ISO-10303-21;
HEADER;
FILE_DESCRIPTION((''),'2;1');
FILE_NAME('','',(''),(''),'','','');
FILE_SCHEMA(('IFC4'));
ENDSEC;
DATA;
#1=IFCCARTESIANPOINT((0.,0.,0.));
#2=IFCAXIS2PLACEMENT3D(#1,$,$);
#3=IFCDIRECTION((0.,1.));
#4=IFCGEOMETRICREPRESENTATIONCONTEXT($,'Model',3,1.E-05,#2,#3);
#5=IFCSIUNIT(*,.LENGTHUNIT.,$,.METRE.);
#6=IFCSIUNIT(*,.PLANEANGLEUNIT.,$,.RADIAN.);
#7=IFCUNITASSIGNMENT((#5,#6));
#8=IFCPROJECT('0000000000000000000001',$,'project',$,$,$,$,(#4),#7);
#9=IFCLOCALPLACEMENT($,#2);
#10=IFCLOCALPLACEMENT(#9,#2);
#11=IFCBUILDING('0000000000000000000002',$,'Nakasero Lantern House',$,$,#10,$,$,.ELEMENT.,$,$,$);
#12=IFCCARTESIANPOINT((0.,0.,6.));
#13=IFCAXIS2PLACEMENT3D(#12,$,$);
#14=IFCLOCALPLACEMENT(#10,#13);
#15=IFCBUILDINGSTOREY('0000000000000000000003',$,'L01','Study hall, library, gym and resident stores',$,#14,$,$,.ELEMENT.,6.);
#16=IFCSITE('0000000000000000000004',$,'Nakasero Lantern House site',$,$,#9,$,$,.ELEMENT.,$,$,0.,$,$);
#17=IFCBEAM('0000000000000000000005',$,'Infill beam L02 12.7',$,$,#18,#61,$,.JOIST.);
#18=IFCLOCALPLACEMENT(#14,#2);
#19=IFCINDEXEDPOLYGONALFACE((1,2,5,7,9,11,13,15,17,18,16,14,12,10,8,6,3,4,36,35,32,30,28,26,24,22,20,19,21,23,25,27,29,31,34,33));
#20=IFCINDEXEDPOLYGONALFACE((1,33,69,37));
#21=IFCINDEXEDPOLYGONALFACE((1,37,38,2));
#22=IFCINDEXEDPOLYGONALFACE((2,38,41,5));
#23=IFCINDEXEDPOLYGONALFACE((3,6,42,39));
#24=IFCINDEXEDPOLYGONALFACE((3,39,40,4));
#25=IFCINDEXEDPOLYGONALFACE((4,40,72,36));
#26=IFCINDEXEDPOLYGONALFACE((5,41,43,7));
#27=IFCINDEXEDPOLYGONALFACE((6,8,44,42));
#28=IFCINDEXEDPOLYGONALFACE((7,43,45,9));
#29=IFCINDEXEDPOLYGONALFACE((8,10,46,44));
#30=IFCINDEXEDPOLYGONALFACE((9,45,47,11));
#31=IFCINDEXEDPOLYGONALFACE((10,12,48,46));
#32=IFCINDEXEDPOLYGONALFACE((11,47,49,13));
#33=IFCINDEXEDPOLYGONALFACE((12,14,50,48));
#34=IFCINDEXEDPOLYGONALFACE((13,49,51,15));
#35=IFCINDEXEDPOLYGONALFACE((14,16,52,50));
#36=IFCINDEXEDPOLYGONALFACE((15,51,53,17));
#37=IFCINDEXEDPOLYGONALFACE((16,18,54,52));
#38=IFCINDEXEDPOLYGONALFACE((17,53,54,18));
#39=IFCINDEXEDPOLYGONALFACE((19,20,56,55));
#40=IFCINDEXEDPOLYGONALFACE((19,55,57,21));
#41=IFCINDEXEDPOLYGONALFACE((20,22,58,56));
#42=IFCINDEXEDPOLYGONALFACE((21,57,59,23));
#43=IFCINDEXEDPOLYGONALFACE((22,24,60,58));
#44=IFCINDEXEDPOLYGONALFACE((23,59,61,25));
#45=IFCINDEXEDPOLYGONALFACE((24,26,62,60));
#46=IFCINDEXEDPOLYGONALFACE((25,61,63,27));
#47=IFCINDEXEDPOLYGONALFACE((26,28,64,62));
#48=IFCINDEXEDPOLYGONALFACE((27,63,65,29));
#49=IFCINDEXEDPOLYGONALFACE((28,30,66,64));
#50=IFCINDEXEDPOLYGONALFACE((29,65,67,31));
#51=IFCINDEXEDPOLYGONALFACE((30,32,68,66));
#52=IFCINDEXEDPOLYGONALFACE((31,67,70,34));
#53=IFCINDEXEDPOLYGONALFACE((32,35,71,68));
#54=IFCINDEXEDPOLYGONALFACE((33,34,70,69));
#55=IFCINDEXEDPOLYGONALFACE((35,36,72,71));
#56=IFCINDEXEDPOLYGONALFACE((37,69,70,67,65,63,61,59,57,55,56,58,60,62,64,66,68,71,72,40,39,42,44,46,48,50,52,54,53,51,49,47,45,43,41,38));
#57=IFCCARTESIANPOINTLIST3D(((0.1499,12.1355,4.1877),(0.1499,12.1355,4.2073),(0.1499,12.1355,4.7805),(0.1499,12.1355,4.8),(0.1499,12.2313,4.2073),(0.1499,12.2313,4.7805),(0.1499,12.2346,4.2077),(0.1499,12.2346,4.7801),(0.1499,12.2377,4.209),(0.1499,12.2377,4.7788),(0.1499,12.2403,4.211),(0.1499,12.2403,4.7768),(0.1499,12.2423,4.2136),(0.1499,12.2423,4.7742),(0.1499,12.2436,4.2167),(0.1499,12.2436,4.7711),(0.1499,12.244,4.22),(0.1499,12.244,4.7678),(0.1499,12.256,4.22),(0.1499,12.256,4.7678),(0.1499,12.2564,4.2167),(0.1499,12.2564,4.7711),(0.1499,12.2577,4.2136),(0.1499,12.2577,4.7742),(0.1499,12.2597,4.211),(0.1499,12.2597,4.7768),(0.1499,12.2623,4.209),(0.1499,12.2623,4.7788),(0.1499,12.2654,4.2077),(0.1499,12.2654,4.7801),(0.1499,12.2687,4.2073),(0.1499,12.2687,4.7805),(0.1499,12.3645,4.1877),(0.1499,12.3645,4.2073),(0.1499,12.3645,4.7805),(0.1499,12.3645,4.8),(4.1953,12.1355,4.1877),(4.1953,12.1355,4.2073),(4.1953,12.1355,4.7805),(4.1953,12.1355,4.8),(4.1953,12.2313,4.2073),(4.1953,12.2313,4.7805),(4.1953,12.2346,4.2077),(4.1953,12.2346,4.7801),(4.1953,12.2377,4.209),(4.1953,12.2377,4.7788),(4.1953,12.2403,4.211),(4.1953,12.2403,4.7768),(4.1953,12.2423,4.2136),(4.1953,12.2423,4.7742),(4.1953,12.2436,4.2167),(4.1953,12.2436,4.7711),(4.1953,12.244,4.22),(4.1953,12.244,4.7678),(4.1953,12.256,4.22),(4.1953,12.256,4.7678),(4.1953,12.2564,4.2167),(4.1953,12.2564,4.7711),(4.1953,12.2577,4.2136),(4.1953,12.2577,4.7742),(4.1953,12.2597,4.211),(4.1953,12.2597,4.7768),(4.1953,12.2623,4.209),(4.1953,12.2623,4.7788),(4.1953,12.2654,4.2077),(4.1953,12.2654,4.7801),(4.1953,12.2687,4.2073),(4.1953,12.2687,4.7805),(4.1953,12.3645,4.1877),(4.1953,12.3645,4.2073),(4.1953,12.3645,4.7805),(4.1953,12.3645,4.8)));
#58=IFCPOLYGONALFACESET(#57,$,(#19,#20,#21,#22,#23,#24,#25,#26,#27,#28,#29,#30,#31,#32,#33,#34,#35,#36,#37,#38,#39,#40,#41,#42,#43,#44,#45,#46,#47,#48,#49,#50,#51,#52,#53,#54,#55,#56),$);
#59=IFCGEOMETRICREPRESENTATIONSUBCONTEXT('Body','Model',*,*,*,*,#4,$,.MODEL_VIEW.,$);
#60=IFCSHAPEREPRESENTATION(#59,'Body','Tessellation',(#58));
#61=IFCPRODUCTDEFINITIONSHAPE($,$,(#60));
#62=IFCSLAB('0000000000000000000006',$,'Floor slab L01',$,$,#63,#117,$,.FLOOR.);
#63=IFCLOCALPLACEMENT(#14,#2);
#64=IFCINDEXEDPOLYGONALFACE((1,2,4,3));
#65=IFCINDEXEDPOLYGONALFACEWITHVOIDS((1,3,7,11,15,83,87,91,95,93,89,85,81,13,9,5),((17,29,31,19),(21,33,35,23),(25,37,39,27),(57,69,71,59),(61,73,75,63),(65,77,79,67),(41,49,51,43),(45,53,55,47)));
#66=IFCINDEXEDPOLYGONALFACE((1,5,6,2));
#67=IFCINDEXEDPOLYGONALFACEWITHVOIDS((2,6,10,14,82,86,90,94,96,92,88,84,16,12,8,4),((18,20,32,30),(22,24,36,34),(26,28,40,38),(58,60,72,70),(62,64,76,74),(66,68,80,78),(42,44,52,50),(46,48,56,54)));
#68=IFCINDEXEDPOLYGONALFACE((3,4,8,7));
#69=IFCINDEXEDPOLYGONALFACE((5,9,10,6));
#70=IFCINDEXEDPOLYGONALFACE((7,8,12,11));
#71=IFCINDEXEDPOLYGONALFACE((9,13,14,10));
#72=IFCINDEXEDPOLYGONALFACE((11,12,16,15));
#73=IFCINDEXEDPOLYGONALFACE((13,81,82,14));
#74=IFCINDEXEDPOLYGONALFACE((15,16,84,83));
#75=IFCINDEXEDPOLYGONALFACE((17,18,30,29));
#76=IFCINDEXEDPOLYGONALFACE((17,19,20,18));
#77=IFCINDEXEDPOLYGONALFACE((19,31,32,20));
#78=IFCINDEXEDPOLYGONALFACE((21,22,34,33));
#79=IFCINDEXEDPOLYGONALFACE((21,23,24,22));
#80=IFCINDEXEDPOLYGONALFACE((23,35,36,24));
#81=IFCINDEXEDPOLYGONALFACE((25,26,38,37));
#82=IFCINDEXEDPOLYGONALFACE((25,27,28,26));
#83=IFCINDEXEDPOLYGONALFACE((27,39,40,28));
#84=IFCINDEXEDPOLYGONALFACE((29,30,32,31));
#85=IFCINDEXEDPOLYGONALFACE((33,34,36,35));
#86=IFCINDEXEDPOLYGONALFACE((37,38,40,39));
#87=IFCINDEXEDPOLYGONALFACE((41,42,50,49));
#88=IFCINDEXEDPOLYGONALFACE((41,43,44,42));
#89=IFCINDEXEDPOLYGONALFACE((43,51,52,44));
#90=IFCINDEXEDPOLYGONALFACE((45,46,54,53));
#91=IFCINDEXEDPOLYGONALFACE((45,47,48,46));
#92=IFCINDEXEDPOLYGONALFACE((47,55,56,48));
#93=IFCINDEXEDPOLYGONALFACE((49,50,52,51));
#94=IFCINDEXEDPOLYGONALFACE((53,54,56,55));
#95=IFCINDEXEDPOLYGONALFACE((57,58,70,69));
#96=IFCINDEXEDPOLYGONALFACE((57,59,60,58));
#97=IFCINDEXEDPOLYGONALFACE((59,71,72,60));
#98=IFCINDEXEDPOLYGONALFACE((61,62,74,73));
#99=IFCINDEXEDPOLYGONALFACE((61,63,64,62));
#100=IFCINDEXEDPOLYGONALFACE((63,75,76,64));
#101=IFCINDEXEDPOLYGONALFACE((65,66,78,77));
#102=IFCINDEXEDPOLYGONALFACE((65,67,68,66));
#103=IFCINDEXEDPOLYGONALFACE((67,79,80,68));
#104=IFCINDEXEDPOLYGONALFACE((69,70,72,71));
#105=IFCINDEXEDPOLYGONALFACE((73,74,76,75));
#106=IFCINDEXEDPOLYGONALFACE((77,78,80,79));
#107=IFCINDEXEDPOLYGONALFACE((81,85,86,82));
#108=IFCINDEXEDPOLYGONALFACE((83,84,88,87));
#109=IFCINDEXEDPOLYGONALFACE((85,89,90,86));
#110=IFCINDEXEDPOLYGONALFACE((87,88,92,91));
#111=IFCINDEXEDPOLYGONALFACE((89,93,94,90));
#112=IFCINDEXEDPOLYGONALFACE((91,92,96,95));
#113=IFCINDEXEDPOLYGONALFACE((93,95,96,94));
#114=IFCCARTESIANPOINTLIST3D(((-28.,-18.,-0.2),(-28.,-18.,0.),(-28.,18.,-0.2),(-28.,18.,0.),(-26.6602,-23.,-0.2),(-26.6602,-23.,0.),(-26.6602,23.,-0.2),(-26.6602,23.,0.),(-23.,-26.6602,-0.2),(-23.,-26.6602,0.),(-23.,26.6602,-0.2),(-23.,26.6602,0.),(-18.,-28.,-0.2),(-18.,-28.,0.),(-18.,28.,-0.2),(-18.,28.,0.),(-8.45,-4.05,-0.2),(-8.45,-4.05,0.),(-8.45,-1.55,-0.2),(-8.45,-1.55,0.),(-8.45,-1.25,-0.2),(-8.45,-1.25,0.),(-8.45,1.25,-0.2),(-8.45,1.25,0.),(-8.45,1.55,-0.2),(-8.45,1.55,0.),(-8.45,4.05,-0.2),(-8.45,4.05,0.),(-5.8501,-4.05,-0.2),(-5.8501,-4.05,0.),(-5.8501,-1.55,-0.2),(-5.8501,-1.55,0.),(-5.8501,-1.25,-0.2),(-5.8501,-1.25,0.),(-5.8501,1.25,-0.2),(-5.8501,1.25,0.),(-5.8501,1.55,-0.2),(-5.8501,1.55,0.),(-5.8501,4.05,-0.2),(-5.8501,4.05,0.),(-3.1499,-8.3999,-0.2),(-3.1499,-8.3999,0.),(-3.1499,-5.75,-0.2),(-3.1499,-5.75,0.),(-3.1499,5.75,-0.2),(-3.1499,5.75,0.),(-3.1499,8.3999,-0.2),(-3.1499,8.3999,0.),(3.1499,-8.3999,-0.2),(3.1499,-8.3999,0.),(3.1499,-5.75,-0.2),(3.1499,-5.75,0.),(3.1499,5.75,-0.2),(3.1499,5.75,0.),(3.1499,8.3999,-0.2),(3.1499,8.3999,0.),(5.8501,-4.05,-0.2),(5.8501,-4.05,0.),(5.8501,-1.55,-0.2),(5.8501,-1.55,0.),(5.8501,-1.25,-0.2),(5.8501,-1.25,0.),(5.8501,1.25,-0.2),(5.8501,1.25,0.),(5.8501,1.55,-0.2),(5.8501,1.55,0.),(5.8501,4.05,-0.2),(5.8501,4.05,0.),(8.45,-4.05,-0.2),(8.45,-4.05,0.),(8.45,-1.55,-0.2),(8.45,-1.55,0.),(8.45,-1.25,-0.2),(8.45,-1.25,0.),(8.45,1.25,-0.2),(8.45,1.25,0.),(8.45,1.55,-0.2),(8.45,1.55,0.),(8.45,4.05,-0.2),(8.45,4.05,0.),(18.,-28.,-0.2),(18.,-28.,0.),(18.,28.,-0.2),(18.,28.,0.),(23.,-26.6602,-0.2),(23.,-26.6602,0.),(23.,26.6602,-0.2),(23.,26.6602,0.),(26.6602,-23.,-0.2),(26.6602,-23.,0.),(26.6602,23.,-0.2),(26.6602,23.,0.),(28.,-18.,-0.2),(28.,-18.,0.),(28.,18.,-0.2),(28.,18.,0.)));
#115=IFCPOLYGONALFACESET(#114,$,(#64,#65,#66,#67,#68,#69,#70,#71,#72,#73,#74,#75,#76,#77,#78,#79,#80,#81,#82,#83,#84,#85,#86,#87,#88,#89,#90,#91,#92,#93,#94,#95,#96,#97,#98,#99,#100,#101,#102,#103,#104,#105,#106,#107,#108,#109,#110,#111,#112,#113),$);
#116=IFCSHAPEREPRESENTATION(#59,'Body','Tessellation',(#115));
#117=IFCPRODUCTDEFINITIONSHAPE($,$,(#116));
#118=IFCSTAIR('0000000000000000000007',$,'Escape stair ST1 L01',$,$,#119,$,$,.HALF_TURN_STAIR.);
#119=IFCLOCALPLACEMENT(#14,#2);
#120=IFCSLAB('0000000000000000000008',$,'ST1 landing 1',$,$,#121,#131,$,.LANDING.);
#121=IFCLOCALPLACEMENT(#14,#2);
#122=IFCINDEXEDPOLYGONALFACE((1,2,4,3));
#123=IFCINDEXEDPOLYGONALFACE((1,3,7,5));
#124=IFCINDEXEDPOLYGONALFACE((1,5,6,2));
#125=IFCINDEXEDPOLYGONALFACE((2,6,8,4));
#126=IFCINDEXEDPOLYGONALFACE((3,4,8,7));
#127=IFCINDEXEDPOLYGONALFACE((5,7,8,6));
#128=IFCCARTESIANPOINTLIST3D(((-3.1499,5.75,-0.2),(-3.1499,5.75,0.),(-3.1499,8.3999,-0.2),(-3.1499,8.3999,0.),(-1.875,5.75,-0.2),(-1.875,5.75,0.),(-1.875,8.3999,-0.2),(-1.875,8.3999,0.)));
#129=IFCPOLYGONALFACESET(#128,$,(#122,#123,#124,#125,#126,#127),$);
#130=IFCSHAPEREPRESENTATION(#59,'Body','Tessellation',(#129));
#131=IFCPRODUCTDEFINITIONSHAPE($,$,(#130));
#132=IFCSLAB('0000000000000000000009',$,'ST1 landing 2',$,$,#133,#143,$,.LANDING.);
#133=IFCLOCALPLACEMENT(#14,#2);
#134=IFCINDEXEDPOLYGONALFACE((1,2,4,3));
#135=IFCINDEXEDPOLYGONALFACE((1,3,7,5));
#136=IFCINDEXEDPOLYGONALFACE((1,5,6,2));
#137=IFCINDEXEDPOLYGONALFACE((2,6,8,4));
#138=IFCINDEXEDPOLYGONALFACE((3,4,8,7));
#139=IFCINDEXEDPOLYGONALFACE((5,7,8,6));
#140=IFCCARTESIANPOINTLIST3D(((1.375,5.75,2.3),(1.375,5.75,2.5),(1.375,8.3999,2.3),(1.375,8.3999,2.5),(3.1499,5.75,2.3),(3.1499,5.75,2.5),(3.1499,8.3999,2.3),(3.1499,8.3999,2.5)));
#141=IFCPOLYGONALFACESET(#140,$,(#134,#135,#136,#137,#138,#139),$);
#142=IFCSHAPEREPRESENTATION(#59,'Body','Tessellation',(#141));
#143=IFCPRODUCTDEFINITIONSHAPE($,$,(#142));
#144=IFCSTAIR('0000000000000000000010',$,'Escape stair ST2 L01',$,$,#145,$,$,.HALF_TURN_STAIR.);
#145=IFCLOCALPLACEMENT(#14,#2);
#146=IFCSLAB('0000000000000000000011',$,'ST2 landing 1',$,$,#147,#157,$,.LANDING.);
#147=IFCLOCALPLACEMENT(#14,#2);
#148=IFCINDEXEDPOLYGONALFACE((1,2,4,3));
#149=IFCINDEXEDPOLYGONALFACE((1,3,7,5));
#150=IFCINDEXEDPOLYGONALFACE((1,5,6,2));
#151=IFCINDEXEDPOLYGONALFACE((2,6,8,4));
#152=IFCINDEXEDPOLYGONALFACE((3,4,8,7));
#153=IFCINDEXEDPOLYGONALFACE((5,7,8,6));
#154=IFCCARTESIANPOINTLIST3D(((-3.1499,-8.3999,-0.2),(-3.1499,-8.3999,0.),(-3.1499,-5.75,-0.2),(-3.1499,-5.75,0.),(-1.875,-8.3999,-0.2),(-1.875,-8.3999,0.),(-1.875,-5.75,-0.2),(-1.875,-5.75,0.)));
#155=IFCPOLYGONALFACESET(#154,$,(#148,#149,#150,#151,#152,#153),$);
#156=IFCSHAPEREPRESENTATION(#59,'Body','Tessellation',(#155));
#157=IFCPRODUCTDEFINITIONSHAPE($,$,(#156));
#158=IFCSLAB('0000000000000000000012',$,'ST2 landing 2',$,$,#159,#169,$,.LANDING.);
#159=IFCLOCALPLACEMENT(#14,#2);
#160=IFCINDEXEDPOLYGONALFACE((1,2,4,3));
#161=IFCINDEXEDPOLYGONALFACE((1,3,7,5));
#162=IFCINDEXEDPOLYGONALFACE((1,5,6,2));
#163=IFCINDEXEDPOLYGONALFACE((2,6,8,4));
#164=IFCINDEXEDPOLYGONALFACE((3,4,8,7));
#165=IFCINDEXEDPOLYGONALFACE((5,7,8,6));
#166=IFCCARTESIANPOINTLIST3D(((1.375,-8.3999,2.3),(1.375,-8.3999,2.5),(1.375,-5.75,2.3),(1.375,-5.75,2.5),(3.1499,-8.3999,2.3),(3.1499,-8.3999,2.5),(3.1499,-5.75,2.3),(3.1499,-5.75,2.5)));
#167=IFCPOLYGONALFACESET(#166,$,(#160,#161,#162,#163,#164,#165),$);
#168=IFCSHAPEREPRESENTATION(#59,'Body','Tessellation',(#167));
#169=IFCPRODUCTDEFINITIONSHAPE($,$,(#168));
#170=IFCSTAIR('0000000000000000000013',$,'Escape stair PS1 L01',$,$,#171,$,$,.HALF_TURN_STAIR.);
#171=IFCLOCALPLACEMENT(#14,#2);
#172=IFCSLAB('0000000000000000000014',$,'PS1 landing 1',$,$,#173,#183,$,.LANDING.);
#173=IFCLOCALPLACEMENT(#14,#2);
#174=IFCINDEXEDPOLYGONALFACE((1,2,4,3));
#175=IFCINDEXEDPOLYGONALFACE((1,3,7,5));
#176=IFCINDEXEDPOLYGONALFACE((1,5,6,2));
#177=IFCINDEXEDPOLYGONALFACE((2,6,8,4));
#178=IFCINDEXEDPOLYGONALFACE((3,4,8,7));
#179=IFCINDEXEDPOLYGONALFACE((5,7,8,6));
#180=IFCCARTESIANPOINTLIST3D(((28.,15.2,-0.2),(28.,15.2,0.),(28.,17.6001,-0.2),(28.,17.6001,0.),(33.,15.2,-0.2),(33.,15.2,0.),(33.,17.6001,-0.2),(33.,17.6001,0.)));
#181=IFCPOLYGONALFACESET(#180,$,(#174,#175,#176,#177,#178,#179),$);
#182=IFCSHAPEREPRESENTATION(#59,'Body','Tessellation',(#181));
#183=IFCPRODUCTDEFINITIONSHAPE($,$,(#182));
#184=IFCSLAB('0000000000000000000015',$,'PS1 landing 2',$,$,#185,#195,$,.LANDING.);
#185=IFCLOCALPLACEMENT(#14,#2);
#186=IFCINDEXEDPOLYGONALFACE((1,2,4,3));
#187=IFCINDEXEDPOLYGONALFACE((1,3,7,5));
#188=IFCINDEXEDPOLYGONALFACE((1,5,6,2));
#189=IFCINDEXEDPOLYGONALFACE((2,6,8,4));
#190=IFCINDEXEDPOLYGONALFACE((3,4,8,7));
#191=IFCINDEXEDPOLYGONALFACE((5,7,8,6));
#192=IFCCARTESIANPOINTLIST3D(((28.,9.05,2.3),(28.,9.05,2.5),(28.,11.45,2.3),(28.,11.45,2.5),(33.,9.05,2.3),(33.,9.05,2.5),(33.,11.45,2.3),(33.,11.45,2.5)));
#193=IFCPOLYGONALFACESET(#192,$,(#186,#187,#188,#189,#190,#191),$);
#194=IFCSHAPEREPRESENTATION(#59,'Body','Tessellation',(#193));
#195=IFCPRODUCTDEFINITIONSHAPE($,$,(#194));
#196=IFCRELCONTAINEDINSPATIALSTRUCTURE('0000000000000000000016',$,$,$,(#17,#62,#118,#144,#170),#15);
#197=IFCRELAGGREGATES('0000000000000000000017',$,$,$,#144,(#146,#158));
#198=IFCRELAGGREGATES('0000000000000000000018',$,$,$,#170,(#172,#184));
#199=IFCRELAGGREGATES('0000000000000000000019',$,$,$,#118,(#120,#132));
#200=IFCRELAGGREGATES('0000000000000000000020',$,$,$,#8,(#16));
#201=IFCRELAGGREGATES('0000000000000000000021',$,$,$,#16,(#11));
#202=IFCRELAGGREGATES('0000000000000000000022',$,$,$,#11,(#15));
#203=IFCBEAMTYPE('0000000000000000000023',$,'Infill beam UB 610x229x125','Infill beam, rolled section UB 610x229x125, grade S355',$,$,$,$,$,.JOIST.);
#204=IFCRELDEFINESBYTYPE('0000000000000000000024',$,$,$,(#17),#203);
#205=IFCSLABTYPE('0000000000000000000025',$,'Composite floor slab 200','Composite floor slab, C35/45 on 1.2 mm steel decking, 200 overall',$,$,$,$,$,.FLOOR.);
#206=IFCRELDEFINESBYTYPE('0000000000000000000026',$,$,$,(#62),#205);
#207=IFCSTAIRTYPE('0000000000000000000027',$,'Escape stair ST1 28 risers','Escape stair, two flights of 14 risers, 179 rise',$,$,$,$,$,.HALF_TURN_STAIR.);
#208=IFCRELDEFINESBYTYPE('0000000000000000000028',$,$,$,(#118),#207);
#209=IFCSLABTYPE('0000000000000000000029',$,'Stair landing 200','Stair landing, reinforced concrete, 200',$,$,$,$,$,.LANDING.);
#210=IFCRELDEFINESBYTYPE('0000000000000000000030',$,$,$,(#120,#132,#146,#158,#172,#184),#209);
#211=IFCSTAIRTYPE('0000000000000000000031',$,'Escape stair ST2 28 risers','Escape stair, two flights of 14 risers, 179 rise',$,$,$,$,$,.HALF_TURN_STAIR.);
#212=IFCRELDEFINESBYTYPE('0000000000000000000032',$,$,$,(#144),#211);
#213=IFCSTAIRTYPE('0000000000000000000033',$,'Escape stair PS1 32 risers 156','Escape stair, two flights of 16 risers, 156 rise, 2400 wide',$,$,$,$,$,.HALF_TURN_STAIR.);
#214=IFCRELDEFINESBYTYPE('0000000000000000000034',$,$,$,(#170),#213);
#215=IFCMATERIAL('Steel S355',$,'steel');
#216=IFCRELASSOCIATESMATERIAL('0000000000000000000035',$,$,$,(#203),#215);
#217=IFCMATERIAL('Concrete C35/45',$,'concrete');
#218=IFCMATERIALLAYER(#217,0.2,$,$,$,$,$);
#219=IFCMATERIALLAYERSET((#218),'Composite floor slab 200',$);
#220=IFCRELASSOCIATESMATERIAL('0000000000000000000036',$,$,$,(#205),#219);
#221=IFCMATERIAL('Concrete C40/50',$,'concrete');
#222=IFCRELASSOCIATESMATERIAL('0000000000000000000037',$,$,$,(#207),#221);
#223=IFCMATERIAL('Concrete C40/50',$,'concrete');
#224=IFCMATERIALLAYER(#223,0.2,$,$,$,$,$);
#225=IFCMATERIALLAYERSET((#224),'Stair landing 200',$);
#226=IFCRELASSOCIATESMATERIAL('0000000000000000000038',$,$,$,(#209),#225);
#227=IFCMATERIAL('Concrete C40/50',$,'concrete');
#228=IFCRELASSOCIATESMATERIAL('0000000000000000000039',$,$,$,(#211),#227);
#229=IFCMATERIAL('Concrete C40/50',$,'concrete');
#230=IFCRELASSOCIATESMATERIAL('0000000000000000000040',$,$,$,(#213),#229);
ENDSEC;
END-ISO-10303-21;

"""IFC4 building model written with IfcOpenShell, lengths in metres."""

from ifc_helpers import new_model, si_unit, direction, frame, origin, origin_2d, place, context, subcontext, project, spatial, polyline, i_section, outline, extrude, material, layer, layer_set, material_profile, profile_set, type_object, element, aggregate, save


model = new_model("IFC4")

# Units and contexts
model_context = context("Model", 3, precision=1e-05, world=origin(), true_north=direction((0.0, 1.0)))
body_context = subcontext(model_context, "Body", "Model", "MODEL_VIEW")
ifc_project = project(units=[si_unit("LENGTHUNIT", "METRE"), si_unit("PLANEANGLEUNIT", "RADIAN")], contexts=[model_context])

# Site, building, storey
site_placement = place(None, origin())
site = spatial("IfcSite", under=ifc_project, at=site_placement, Name="Nakasero Lantern House site", CompositionType="ELEMENT", RefElevation=0.0)
building_placement = place(site_placement, origin())
building = spatial("IfcBuilding", under=site, at=building_placement, Name="Nakasero Lantern House", CompositionType="ELEMENT")
storey_placement = place(building_placement, frame((0.0, 0.0, 6.0)))
storey = spatial("IfcBuildingStorey", under=building, at=storey_placement, Name="L01", Description="Study hall, library, gym and resident stores", CompositionType="ELEMENT", Elevation=6.0)

# Beam
ifc_material_1 = material(Name="Steel S355", Category="steel")
ifc_material_profile = material_profile(ifc_material_1, i_section(OverallWidth=0.229, OverallDepth=0.6123, WebThickness=0.012, FlangeThickness=0.0195, FilletRadius=0.0127, at=origin_2d()), Name="UB 610x229x125")
ifc_profile_set = profile_set([ifc_material_profile], Name="Steel S355")
beam_type = type_object("IfcBeamType", Name="Infill beam UB 610x229x125", Description="Infill beam, rolled section UB 610x229x125, grade S355", PredefinedType="JOIST", material=ifc_profile_set)
beam_placement = place(storey_placement, frame((0.1499, 12.25, 4.4939), z_axis=(1.0, 0.0, 0.0), x_axis=(0.0, 1.0, 0.0)))
element("IfcBeam", 1, at=beam_placement, inside=storey, type_object=beam_type, Name="Infill beam L02 12.7", PredefinedType="JOIST", context=body_context, shape_type="SweptSolid", body=[
    extrude(i_section(OverallWidth=0.229, OverallDepth=0.6123, WebThickness=0.012, FlangeThickness=0.0195, FilletRadius=0.0127, at=origin_2d()), origin(), (0.0, 0.0, 1.0), 4.0454),
])

# Slab
ifc_material_2 = material(Name="Concrete C35/45", Category="concrete")
ifc_layer_1 = layer(ifc_material_2, 0.2)
ifc_layer_set_1 = layer_set([ifc_layer_1], Name="Composite floor slab 200")
slab_type_1 = type_object("IfcSlabType", Name="Composite floor slab 200", Description="Composite floor slab, C35/45 on 1.2 mm steel decking, 200 overall", PredefinedType="FLOOR", material=ifc_layer_set_1)
slab_1_placement = place(storey_placement, frame((0.0, 0.0, -0.2)))
element("IfcSlab", 2, at=slab_1_placement, inside=storey, type_object=slab_type_1, Name="Floor slab L01", PredefinedType="FLOOR", context=body_context, shape_type="SweptSolid", body=[
    extrude(outline(polyline([(28.0, 18.0), (26.6602, 23.0), (23.0, 26.6602), (18.0, 28.0), (-18.0, 28.0), (-23.0, 26.6602), (-26.6602, 23.0), (-28.0, 18.0), (-28.0, -18.0), (-26.6602, -23.0), (-23.0, -26.6602), (-18.0, -28.0), (18.0, -28.0), (23.0, -26.6602), (26.6602, -23.0), (28.0, -18.0), (28.0, 18.0)]), holes=[polyline([(-8.45, -4.05), (-5.8501, -4.05), (-5.8501, -1.55), (-8.45, -1.55), (-8.45, -4.05)]), polyline([(-8.45, -1.25), (-5.8501, -1.25), (-5.8501, 1.25), (-8.45, 1.25), (-8.45, -1.25)]), polyline([(-8.45, 1.55), (-5.8501, 1.55), (-5.8501, 4.05), (-8.45, 4.05), (-8.45, 1.55)]), polyline([(5.8501, -4.05), (8.45, -4.05), (8.45, -1.55), (5.8501, -1.55), (5.8501, -4.05)]), polyline([(5.8501, -1.25), (8.45, -1.25), (8.45, 1.25), (5.8501, 1.25), (5.8501, -1.25)]), polyline([(5.8501, 1.55), (8.45, 1.55), (8.45, 4.05), (5.8501, 4.05), (5.8501, 1.55)]), polyline([(-3.1499, 5.75), (3.1499, 5.75), (3.1499, 8.3999), (-3.1499, 8.3999), (-3.1499, 5.75)]), polyline([(-3.1499, -8.3999), (3.1499, -8.3999), (3.1499, -5.75), (-3.1499, -5.75), (-3.1499, -8.3999)])]), origin(), (0.0, 0.0, 1.0), 0.2),
])

# Stairs, slabs
ifc_material_3 = material(Name="Concrete C40/50", Category="concrete")
stair_type_1 = type_object("IfcStairType", Name="Escape stair ST1 28 risers", Description="Escape stair, two flights of 14 risers, 179 rise", PredefinedType="HALF_TURN_STAIR", material=ifc_material_3)
stair_1_placement = place(storey_placement, origin())
stair_1 = element("IfcStair", 3, at=stair_1_placement, inside=storey, type_object=stair_type_1, Name="Escape stair ST1 L01", PredefinedType="HALF_TURN_STAIR")
ifc_material_4 = material(Name="Concrete C40/50", Category="concrete")
ifc_layer_2 = layer(ifc_material_4, 0.2)
ifc_layer_set_2 = layer_set([ifc_layer_2], Name="Stair landing 200")
slab_type_2 = type_object("IfcSlabType", Name="Stair landing 200", Description="Stair landing, reinforced concrete, 200", PredefinedType="LANDING", material=ifc_layer_set_2)
slab_2_placement = place(storey_placement, frame((0.0, 0.0, -0.2)))
slab_2 = element("IfcSlab", 4, at=slab_2_placement, type_object=slab_type_2, Name="ST1 landing 1", PredefinedType="LANDING", context=body_context, shape_type="SweptSolid", body=[
    extrude(outline(polyline([(-3.1499, 5.75), (-1.875, 5.75), (-1.875, 8.3999), (-3.1499, 8.3999), (-3.1499, 5.75)])), origin(), (0.0, 0.0, 1.0), 0.2),
])
slab_3_placement = place(storey_placement, frame((0.0, 0.0, 2.3)))
slab_3 = element("IfcSlab", 5, at=slab_3_placement, type_object=slab_type_2, Name="ST1 landing 2", PredefinedType="LANDING", context=body_context, shape_type="SweptSolid", body=[
    extrude(outline(polyline([(1.375, 5.75), (3.1499, 5.75), (3.1499, 8.3999), (1.375, 8.3999), (1.375, 5.75)])), origin(), (0.0, 0.0, 1.0), 0.2),
])
ifc_material_5 = material(Name="Concrete C40/50", Category="concrete")
stair_type_2 = type_object("IfcStairType", Name="Escape stair ST2 28 risers", Description="Escape stair, two flights of 14 risers, 179 rise", PredefinedType="HALF_TURN_STAIR", material=ifc_material_5)
stair_2_placement = place(storey_placement, origin())
stair_2 = element("IfcStair", 6, at=stair_2_placement, inside=storey, type_object=stair_type_2, Name="Escape stair ST2 L01", PredefinedType="HALF_TURN_STAIR")
slab_4_placement = place(storey_placement, frame((0.0, 0.0, -0.2)))
slab_4 = element("IfcSlab", 7, at=slab_4_placement, type_object=slab_type_2, Name="ST2 landing 1", PredefinedType="LANDING", context=body_context, shape_type="SweptSolid", body=[
    extrude(outline(polyline([(-3.1499, -8.3999), (-1.875, -8.3999), (-1.875, -5.75), (-3.1499, -5.75), (-3.1499, -8.3999)])), origin(), (0.0, 0.0, 1.0), 0.2),
])
slab_5_placement = place(storey_placement, frame((0.0, 0.0, 2.3)))
slab_5 = element("IfcSlab", 8, at=slab_5_placement, type_object=slab_type_2, Name="ST2 landing 2", PredefinedType="LANDING", context=body_context, shape_type="SweptSolid", body=[
    extrude(outline(polyline([(1.375, -8.3999), (3.1499, -8.3999), (3.1499, -5.75), (1.375, -5.75), (1.375, -8.3999)])), origin(), (0.0, 0.0, 1.0), 0.2),
])
aggregate(stair_2, [slab_4, slab_5])
ifc_material_6 = material(Name="Concrete C40/50", Category="concrete")
stair_type_3 = type_object("IfcStairType", Name="Escape stair PS1 32 risers 156", Description="Escape stair, two flights of 16 risers, 156 rise, 2400 wide", PredefinedType="HALF_TURN_STAIR", material=ifc_material_6)
stair_3_placement = place(storey_placement, origin())
stair_3 = element("IfcStair", 9, at=stair_3_placement, inside=storey, type_object=stair_type_3, Name="Escape stair PS1 L01", PredefinedType="HALF_TURN_STAIR")
slab_6_placement = place(storey_placement, frame((0.0, 0.0, -0.2)))
slab_6 = element("IfcSlab", 10, at=slab_6_placement, type_object=slab_type_2, Name="PS1 landing 1", PredefinedType="LANDING", context=body_context, shape_type="SweptSolid", body=[
    extrude(outline(polyline([(28.0, 15.2), (33.0, 15.2), (33.0, 17.6001), (28.0, 17.6001), (28.0, 15.2)])), origin(), (0.0, 0.0, 1.0), 0.2),
])
slab_7_placement = place(storey_placement, frame((0.0, 0.0, 2.3)))
slab_7 = element("IfcSlab", 11, at=slab_7_placement, type_object=slab_type_2, Name="PS1 landing 2", PredefinedType="LANDING", context=body_context, shape_type="SweptSolid", body=[
    extrude(outline(polyline([(28.0, 9.05), (33.0, 9.05), (33.0, 11.45), (28.0, 11.45), (28.0, 9.05)])), origin(), (0.0, 0.0, 1.0), 0.2),
])
aggregate(stair_3, [slab_6, slab_7])

aggregate(stair_1, [slab_2, slab_3])

save(model, "model.ifc")
